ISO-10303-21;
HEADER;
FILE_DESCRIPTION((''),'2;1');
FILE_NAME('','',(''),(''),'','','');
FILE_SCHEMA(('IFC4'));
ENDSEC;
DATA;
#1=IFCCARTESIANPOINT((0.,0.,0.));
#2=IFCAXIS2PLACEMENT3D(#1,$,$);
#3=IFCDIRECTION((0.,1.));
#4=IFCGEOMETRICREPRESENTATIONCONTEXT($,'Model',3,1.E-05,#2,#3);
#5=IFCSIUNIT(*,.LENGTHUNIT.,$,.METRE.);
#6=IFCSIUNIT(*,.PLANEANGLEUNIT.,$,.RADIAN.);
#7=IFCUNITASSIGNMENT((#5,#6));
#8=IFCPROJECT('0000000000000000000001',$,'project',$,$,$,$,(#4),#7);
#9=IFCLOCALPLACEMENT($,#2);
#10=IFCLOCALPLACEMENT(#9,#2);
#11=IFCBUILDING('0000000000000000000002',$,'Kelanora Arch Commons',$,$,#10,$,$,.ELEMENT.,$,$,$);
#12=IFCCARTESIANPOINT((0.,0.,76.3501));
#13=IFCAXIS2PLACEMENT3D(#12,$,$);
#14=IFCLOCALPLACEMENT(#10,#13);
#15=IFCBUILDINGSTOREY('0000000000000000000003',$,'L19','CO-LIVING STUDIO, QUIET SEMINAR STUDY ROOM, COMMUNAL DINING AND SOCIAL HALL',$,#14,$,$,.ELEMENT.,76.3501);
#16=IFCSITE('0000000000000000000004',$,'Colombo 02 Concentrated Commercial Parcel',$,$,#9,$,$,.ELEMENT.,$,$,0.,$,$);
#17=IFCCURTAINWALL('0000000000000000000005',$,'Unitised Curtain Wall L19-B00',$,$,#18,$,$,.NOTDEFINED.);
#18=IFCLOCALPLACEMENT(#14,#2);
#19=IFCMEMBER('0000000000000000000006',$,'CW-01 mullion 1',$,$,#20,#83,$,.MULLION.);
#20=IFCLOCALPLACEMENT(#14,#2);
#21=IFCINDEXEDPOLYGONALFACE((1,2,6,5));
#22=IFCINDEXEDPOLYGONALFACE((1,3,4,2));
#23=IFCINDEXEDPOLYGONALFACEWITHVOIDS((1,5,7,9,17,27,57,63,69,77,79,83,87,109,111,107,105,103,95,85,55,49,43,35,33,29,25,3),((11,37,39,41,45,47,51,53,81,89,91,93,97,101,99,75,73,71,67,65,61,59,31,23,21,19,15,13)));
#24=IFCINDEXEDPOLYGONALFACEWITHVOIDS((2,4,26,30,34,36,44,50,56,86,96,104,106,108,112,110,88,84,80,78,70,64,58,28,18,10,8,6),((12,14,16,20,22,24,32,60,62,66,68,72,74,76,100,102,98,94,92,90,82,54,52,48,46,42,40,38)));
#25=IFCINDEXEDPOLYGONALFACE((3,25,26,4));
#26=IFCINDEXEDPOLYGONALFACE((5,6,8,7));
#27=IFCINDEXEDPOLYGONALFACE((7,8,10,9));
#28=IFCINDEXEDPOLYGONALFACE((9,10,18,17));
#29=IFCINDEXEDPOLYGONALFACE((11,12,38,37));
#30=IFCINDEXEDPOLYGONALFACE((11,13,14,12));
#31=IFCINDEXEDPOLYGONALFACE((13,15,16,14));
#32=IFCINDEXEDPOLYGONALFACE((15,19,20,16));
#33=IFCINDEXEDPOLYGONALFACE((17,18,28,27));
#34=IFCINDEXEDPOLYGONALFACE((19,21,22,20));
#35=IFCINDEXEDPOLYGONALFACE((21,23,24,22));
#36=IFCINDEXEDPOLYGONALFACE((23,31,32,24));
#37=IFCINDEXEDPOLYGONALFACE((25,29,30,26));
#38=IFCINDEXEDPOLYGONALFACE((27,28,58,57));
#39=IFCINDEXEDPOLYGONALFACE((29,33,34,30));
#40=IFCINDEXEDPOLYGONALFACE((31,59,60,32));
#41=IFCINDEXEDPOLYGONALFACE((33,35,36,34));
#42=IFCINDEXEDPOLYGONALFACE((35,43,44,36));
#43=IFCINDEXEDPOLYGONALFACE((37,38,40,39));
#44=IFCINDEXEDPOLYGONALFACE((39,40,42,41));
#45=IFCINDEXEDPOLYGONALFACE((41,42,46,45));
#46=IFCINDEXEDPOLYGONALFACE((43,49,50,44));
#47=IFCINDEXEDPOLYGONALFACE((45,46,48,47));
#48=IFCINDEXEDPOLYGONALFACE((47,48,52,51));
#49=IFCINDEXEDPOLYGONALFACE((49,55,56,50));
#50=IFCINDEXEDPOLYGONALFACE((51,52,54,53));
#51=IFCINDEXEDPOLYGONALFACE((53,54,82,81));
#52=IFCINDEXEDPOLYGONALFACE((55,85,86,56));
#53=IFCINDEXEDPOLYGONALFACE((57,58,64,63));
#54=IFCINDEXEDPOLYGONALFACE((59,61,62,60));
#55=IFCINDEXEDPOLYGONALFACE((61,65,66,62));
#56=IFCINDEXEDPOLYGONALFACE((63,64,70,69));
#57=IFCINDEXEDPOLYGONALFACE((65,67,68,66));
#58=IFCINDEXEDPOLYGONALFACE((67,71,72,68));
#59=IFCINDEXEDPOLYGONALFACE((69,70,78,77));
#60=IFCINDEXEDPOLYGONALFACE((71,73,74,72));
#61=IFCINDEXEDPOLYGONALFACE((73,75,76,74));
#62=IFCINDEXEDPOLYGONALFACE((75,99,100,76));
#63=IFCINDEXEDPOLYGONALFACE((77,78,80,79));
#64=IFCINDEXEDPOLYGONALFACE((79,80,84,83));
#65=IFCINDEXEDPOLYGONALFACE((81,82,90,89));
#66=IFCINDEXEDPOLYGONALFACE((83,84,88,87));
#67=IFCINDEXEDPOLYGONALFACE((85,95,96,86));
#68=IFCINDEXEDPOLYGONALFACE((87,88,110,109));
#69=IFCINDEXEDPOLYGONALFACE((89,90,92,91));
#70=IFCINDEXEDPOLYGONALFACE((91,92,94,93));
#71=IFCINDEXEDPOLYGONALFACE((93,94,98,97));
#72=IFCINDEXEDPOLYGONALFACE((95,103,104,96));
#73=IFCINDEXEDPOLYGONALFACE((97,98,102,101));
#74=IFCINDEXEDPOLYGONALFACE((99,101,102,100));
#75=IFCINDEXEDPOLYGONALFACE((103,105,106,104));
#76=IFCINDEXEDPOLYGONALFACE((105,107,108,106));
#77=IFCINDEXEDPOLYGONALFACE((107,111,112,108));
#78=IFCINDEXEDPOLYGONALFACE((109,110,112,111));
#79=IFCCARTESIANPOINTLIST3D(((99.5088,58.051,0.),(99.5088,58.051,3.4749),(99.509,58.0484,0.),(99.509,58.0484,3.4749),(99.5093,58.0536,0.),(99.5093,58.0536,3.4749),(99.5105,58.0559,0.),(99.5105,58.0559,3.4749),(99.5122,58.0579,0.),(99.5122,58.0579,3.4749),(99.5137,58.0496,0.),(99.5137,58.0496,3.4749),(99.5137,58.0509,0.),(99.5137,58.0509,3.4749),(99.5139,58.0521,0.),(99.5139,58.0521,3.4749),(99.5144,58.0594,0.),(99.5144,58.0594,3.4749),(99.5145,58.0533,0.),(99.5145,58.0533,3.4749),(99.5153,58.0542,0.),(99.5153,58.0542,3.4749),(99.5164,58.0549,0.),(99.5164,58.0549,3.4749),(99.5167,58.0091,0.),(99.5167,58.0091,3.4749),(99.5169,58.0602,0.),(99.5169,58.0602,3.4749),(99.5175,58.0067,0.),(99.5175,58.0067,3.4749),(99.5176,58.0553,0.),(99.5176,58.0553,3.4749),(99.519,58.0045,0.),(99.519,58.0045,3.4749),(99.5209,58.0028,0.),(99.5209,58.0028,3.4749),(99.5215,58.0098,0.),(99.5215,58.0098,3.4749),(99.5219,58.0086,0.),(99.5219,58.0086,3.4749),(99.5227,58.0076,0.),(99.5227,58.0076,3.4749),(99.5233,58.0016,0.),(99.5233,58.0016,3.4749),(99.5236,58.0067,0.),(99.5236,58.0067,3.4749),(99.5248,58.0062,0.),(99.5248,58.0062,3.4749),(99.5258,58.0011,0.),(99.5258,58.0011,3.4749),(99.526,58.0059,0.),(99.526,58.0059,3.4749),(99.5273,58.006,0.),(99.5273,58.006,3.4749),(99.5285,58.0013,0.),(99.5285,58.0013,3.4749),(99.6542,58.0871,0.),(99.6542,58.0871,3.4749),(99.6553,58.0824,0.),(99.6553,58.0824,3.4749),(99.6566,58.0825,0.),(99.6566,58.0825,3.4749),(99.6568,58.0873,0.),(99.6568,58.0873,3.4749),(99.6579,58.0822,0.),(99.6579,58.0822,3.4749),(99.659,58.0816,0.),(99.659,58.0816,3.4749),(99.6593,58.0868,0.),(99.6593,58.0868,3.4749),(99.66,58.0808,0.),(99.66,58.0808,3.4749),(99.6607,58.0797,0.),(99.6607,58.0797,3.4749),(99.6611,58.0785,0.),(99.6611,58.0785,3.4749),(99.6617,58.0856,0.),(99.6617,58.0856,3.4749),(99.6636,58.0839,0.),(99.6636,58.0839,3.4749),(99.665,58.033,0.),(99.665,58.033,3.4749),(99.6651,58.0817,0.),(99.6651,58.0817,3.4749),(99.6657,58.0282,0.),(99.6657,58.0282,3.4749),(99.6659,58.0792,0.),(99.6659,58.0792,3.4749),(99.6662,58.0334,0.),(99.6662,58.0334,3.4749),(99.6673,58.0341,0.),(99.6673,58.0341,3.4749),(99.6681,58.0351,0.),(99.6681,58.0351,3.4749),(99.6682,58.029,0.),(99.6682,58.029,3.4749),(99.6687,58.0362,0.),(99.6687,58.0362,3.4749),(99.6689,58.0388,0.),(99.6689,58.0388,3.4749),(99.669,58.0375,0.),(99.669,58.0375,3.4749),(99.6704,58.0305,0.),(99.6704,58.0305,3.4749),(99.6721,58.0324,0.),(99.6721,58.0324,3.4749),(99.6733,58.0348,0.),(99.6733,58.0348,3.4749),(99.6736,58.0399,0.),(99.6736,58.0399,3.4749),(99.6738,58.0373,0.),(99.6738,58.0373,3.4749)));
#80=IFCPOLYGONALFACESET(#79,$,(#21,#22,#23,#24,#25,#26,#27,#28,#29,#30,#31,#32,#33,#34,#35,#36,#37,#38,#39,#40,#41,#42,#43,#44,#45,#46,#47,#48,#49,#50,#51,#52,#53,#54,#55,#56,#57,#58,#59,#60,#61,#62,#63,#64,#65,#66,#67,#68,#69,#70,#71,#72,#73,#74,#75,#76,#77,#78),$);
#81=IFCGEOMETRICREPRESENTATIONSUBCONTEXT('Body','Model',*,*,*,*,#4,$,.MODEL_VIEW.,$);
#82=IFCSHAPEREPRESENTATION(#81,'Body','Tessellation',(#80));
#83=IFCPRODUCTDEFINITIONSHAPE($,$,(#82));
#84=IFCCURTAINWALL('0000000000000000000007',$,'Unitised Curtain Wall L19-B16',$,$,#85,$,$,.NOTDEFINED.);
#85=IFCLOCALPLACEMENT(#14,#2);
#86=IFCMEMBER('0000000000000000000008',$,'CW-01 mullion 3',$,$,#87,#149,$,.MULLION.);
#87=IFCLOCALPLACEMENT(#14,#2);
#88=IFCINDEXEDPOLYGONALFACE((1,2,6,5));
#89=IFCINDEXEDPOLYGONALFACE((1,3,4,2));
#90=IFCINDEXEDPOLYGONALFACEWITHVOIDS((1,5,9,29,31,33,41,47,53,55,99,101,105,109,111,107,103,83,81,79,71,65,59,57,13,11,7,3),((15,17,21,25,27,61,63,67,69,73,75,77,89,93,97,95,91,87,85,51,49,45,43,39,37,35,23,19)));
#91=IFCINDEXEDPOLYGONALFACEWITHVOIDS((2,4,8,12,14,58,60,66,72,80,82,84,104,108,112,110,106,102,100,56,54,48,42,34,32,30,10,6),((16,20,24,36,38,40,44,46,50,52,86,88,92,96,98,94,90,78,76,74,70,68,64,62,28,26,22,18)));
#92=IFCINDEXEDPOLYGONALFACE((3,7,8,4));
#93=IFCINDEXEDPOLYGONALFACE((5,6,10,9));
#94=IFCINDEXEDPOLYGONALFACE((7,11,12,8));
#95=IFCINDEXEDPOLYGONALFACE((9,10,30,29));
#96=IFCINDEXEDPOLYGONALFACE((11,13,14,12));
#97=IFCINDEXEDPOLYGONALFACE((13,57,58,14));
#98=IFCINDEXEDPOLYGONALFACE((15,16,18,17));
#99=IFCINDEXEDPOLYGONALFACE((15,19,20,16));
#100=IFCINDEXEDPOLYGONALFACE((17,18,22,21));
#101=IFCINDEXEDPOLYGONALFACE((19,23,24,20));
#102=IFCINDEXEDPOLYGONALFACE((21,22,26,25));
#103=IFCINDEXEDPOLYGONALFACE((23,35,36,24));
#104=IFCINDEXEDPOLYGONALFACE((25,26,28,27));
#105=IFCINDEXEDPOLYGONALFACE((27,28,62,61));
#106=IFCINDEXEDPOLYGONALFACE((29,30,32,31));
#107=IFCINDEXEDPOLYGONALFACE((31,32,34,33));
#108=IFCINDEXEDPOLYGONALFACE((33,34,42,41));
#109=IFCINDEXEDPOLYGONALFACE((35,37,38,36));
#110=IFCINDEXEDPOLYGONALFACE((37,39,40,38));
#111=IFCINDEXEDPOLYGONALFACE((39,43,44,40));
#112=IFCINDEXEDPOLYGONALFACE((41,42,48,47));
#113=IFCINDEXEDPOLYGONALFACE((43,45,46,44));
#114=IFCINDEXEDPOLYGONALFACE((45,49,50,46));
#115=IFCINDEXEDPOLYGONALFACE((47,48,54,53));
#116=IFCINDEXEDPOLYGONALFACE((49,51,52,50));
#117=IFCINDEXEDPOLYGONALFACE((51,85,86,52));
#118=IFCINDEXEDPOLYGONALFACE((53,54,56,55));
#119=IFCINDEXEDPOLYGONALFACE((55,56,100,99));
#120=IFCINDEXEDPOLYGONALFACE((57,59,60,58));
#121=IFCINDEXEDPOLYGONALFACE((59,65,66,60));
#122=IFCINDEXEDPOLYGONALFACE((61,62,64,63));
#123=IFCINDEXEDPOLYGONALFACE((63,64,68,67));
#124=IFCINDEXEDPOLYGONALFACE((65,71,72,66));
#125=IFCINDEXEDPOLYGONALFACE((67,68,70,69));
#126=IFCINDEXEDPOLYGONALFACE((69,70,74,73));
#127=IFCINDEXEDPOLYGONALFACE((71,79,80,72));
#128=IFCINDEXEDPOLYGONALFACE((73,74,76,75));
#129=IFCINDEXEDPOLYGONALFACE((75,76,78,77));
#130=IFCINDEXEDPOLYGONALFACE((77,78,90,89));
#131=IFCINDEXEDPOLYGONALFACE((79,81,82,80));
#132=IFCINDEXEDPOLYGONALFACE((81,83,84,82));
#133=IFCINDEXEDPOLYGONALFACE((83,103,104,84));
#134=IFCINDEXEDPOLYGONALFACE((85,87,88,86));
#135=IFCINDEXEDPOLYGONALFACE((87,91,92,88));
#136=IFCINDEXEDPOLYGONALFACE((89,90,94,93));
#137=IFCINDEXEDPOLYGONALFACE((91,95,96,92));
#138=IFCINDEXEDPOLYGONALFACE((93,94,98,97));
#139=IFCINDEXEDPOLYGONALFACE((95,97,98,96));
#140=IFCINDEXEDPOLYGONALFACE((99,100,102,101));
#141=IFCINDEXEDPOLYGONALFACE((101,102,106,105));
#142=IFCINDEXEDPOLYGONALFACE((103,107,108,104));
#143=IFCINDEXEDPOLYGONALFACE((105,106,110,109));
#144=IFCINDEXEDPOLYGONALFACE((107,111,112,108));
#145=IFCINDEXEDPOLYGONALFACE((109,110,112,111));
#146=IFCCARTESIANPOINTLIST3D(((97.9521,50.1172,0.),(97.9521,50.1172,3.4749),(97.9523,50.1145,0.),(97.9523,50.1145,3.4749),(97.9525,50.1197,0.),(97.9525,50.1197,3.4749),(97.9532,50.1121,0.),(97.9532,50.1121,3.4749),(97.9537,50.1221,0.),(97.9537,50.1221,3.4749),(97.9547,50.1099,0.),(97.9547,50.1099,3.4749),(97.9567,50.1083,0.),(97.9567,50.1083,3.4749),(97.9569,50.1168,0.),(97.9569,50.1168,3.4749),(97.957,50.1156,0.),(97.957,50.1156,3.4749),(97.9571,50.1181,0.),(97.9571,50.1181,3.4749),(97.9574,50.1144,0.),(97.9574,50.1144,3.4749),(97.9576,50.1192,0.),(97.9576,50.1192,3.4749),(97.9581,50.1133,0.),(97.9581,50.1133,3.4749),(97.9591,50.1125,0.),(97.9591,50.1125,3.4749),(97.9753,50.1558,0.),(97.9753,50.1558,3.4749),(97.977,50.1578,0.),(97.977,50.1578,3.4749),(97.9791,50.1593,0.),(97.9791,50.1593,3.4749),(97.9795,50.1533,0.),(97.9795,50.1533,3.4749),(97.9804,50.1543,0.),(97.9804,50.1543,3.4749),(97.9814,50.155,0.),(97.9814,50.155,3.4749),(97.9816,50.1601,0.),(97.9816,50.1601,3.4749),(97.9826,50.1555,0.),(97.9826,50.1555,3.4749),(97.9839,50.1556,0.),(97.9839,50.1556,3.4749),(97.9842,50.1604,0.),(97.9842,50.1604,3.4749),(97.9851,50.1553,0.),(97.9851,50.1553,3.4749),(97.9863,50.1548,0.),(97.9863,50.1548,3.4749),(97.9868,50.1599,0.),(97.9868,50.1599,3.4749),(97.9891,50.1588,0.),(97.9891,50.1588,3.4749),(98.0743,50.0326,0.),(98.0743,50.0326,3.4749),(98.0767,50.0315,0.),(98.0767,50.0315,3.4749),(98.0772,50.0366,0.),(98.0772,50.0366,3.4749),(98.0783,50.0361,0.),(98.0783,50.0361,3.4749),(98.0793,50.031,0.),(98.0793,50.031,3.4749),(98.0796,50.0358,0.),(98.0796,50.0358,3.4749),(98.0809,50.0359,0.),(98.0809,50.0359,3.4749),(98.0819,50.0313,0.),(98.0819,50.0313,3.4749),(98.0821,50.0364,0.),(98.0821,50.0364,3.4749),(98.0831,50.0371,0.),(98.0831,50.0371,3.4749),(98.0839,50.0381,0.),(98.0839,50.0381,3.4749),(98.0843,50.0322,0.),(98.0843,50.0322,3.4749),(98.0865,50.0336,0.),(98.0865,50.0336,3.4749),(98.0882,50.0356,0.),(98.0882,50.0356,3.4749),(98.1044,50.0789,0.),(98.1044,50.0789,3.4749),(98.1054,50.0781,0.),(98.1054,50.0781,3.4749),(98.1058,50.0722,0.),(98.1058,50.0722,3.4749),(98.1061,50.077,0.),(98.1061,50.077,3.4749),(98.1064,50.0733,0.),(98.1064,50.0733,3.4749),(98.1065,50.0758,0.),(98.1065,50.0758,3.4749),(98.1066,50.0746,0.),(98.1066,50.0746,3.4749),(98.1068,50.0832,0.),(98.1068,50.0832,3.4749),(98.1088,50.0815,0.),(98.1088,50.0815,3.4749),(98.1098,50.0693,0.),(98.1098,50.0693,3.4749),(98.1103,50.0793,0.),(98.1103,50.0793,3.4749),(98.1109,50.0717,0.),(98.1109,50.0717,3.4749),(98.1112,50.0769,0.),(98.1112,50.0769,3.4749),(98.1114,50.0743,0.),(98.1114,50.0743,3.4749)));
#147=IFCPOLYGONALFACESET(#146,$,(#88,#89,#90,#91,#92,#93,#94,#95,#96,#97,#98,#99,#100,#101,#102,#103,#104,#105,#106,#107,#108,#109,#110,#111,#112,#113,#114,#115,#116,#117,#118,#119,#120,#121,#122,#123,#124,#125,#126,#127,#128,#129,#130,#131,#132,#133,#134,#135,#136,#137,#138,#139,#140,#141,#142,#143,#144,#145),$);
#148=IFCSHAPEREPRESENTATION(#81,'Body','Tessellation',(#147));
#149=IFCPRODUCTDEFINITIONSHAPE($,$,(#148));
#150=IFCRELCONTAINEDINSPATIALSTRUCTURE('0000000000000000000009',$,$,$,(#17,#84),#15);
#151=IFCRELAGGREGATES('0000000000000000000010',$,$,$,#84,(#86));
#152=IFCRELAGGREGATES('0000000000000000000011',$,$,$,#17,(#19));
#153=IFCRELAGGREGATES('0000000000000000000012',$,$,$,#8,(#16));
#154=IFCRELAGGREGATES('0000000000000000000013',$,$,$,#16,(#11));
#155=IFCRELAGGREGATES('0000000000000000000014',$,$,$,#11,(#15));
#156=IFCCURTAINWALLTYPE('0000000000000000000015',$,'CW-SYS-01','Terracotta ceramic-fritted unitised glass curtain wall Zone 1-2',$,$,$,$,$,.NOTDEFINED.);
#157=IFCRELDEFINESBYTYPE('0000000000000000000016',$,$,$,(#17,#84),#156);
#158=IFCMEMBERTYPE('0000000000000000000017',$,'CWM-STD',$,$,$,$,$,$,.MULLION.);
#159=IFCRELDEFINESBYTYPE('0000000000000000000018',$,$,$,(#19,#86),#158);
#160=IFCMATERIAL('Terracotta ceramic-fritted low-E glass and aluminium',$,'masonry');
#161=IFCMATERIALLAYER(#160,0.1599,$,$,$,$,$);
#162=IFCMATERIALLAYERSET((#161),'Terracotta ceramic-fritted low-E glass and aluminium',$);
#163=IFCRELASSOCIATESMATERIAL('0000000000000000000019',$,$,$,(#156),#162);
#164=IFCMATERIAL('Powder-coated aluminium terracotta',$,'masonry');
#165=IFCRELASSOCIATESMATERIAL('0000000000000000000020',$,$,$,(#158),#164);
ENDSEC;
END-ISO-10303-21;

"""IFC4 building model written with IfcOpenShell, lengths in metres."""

from ifc_helpers import new_model, si_unit, direction, frame, origin, origin_2d, place, context, subcontext, project, spatial, hollow_rectangle, extrude, material, layer, layer_set, material_profile, profile_set, type_object, element, aggregate, save


model = new_model("IFC4")

# Units and contexts
model_context = context("Model", 3, precision=1e-05, world=origin(), true_north=direction((0.0, 1.0)))
body_context = subcontext(model_context, "Body", "Model", "MODEL_VIEW")
ifc_project = project(units=[si_unit("LENGTHUNIT", "METRE"), si_unit("PLANEANGLEUNIT", "RADIAN")], contexts=[model_context])

# Site, building, storey
site_placement = place(None, origin())
site = spatial("IfcSite", under=ifc_project, at=site_placement, Name="Colombo 02 Concentrated Commercial Parcel", CompositionType="ELEMENT", RefElevation=0.0)
building_placement = place(site_placement, origin())
building = spatial("IfcBuilding", under=site, at=building_placement, Name="Kelanora Arch Commons", CompositionType="ELEMENT")
storey_placement = place(building_placement, frame((0.0, 0.0, 76.3501)))
storey = spatial("IfcBuildingStorey", under=building, at=storey_placement, Name="L19", Description="CO-LIVING STUDIO, QUIET SEMINAR STUDY ROOM, COMMUNAL DINING AND SOCIAL HALL", CompositionType="ELEMENT", Elevation=76.3501)

# Curtain walls, members
ifc_material_1 = material(Name="Terracotta ceramic-fritted low-E glass and aluminium", Category="masonry")
ifc_layer_1 = layer(ifc_material_1, 0.1599)
ifc_layer_set_1 = layer_set([ifc_layer_1], Name="Terracotta ceramic-fritted low-E glass and aluminium")
curtain_wall_type = type_object("IfcCurtainWallType", Name="CW-SYS-01", Description="Terracotta ceramic-fritted unitised glass curtain wall Zone 1-2", PredefinedType="NOTDEFINED", material=ifc_layer_set_1)
curtain_wall_1_placement = place(storey_placement, origin())
curtain_wall_1 = element("IfcCurtainWall", 1, at=curtain_wall_1_placement, inside=storey, type_object=curtain_wall_type, Name="Unitised Curtain Wall L19-B00", PredefinedType="NOTDEFINED")
ifc_material_2 = material(Name="Powder-coated aluminium terracotta", Category="masonry")
ifc_material_profile_1 = material_profile(ifc_material_2, hollow_rectangle(XDim=0.1599, YDim=0.0601, WallThickness=0.0049, InnerFilletRadius=0.0049, OuterFilletRadius=0.01, at=origin_2d()), Name="CWM160x60")
ifc_profile_set_1 = profile_set([ifc_material_profile_1], Name="Powder-coated aluminium terracotta")
member_type_1 = type_object("IfcMemberType", Name="CWM-STD", PredefinedType="MULLION", material=ifc_profile_set_1)
member_1_placement = place(storey_placement, frame((99.5913, 58.0442, 0.0), z_axis=(0.0, 0.0, 1.0), x_axis=(-0.98128, -0.192585, 0.0)))
member_1 = element("IfcMember", 2, at=member_1_placement, type_object=member_type_1, Name="CW-01 mullion 1", PredefinedType="MULLION", context=body_context, shape_type="SweptSolid", body=[
    extrude(hollow_rectangle(XDim=0.1599, YDim=0.0601, WallThickness=0.0049, InnerFilletRadius=0.0049, OuterFilletRadius=0.01, at=origin_2d()), origin(), (0.0, 0.0, 1.0), 3.4749),
])
curtain_wall_2_placement = place(storey_placement, origin())
curtain_wall_2 = element("IfcCurtainWall", 3, at=curtain_wall_2_placement, inside=storey, type_object=curtain_wall_type, Name="Unitised Curtain Wall L19-B16", PredefinedType="NOTDEFINED")
member_2_placement = place(storey_placement, frame((98.0317, 50.0957, 0.0), z_axis=(0.0, 0.0, 1.0), x_axis=(-0.841269, 0.540617, 0.0)))
member_2 = element("IfcMember", 4, at=member_2_placement, type_object=member_type_1, Name="CW-01 mullion 3", PredefinedType="MULLION", context=body_context, shape_type="SweptSolid", body=[
    extrude(hollow_rectangle(XDim=0.1599, YDim=0.0601, WallThickness=0.0049, InnerFilletRadius=0.0049, OuterFilletRadius=0.01, at=origin_2d()), origin(), (0.0, 0.0, 1.0), 3.4749),
])
aggregate(curtain_wall_2, [member_2])

aggregate(curtain_wall_1, [member_1])

save(model, "model.ifc")
